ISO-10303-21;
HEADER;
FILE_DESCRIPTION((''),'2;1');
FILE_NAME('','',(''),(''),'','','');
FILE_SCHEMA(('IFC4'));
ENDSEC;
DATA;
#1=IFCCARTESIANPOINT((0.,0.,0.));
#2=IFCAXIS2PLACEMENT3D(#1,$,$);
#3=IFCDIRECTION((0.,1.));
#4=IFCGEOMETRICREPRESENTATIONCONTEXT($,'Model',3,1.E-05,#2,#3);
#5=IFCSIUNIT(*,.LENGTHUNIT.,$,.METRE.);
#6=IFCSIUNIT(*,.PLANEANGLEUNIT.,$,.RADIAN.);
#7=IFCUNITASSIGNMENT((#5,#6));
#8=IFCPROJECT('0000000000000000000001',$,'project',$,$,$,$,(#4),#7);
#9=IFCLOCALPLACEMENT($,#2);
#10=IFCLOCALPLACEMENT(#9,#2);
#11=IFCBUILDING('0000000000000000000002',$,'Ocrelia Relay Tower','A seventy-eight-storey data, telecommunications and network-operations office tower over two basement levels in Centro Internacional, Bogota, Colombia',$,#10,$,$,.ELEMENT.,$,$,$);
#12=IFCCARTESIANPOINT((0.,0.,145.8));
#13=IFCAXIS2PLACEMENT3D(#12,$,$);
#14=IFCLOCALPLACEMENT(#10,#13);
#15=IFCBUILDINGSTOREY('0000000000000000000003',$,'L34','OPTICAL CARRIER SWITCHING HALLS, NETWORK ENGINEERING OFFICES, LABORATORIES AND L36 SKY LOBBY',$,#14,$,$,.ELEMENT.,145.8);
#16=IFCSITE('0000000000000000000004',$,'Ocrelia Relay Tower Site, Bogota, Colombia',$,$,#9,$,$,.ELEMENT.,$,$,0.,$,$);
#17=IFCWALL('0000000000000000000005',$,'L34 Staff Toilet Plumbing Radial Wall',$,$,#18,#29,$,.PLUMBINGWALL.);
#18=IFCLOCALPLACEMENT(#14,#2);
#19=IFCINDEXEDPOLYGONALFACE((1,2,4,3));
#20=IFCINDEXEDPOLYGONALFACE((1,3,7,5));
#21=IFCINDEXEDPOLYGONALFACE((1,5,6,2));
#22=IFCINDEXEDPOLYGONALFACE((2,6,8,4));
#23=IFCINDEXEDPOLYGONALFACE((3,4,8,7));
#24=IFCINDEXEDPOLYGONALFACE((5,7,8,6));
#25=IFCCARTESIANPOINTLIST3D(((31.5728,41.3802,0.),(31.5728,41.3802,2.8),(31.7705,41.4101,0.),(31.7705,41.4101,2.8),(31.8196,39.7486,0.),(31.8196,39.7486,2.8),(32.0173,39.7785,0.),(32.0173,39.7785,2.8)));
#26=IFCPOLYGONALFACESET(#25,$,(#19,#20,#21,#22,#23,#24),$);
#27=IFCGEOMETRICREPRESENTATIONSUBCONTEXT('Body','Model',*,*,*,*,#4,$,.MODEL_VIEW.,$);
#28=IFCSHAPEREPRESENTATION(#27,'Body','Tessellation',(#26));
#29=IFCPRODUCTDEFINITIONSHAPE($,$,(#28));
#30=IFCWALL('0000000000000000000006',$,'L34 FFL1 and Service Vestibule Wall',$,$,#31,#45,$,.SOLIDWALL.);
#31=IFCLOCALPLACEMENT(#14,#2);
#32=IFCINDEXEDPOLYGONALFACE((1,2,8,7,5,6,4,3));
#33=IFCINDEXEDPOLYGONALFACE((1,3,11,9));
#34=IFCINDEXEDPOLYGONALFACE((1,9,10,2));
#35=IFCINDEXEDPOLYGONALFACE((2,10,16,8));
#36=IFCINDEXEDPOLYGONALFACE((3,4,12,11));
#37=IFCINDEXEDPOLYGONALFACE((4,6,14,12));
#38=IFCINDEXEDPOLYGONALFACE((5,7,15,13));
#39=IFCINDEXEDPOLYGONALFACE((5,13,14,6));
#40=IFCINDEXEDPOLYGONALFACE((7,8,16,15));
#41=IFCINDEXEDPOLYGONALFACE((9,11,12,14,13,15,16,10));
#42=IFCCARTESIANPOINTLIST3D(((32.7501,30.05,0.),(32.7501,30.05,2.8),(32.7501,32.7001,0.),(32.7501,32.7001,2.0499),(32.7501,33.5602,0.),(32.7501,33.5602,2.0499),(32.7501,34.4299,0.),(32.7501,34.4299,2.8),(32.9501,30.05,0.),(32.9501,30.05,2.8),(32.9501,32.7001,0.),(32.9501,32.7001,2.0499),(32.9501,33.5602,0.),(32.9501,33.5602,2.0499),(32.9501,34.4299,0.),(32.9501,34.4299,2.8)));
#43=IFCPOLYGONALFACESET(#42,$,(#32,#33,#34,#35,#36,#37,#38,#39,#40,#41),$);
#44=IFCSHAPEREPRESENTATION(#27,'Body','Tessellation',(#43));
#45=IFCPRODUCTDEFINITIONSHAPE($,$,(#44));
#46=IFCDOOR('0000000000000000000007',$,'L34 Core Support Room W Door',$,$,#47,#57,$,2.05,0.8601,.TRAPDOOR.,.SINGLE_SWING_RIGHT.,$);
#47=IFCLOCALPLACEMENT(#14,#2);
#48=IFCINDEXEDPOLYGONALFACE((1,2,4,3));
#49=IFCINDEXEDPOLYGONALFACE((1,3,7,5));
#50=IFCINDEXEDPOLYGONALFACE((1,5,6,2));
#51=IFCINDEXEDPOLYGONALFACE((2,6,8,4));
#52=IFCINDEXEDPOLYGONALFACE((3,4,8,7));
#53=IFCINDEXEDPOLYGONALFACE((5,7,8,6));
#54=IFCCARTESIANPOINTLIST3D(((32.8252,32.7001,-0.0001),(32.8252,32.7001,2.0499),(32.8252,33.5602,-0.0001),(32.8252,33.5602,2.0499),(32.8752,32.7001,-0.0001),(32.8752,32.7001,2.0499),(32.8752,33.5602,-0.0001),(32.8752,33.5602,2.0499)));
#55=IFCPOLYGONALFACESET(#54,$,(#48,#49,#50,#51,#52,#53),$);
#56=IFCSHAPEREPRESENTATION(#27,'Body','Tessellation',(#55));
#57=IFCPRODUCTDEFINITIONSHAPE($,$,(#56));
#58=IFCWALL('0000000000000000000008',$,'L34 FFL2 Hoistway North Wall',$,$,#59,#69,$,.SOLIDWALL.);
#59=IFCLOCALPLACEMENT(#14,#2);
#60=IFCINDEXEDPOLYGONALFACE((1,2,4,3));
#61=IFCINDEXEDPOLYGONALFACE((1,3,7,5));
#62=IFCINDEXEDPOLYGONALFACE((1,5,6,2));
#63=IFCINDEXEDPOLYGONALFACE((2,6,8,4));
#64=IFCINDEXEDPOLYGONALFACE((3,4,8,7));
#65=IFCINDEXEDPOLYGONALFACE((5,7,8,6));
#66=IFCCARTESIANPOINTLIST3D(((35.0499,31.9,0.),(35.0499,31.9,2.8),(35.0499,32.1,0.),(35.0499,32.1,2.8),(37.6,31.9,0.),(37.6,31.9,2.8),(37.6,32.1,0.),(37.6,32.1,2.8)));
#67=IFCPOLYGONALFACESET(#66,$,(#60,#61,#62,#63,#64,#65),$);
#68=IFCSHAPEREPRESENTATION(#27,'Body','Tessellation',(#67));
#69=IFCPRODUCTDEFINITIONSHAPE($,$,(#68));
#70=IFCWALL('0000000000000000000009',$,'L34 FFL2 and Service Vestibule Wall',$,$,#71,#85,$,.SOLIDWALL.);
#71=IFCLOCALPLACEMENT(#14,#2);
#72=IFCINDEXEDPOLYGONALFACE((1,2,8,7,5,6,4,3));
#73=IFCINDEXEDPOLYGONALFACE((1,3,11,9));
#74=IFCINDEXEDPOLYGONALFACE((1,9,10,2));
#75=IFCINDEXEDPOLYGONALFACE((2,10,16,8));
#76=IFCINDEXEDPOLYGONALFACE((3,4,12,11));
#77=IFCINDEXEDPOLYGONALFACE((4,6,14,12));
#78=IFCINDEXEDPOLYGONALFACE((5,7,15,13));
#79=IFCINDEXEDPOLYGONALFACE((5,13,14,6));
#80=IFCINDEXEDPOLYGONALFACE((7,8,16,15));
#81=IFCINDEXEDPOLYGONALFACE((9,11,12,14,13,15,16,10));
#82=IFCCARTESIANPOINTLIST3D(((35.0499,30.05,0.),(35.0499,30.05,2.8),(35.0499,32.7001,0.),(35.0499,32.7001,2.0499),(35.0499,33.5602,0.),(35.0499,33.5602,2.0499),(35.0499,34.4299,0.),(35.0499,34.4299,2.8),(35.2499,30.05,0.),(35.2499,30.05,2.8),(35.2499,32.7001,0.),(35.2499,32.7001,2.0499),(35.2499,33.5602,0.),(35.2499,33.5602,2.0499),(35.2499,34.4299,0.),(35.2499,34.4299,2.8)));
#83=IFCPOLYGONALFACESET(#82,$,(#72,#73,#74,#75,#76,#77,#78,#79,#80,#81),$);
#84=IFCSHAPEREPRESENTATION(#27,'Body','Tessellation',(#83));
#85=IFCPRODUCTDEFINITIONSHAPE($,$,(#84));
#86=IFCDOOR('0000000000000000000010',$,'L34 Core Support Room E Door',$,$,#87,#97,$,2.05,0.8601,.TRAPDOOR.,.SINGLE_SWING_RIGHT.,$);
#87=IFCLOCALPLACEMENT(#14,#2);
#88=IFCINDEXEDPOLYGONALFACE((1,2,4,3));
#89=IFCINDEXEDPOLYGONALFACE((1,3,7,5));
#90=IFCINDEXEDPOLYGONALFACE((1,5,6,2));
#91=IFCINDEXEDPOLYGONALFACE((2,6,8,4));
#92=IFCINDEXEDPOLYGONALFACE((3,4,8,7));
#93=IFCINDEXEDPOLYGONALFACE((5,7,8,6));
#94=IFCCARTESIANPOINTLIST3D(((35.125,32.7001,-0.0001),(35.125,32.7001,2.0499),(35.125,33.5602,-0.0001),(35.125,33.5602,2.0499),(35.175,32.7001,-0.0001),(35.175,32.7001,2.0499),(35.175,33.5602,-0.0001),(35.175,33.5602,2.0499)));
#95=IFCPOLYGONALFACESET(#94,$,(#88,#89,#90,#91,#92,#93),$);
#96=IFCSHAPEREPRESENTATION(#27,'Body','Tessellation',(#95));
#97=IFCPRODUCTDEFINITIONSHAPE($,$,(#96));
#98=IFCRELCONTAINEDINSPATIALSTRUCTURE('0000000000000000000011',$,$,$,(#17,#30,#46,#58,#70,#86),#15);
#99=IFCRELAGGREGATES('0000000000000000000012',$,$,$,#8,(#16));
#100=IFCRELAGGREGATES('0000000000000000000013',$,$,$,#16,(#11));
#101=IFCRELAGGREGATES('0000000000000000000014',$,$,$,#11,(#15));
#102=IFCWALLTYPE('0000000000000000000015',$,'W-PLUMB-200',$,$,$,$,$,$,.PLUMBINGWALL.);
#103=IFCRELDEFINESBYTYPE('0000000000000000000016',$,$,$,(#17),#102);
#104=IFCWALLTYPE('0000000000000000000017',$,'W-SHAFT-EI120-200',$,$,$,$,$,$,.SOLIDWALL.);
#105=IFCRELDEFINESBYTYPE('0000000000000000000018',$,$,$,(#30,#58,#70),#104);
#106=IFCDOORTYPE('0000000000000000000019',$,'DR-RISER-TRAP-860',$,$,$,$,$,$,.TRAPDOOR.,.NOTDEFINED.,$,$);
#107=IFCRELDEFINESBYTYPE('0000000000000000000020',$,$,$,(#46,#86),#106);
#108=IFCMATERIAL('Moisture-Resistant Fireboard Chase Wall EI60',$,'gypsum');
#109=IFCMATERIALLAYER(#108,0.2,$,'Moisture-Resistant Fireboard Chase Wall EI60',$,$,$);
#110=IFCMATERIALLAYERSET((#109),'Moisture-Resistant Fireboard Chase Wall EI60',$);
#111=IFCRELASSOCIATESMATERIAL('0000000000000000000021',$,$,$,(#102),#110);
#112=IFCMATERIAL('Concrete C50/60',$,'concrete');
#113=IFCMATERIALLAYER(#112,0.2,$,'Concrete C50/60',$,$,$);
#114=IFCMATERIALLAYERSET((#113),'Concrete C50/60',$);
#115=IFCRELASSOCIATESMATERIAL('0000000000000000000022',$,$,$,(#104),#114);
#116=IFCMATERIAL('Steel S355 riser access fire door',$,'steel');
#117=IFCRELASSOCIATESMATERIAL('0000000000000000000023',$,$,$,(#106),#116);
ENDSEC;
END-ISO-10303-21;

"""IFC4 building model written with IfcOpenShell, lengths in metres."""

from ifc_helpers import new_model, si_unit, direction, frame, frame_2d, origin, place, context, subcontext, project, spatial, rectangle, extrude, material, layer, layer_set, type_object, element, fill, save


model = new_model("IFC4")

# Units and contexts
model_context = context("Model", 3, precision=1e-05, world=origin(), true_north=direction((0.0, 1.0)))
body_context = subcontext(model_context, "Body", "Model", "MODEL_VIEW")
ifc_project = project(units=[si_unit("LENGTHUNIT", "METRE"), si_unit("PLANEANGLEUNIT", "RADIAN")], contexts=[model_context])

# Site, building, storey
site_placement = place(None, origin())
site = spatial("IfcSite", under=ifc_project, at=site_placement, Name="Ocrelia Relay Tower Site, Bogota, Colombia", CompositionType="ELEMENT", RefElevation=0.0)
building_placement = place(site_placement, origin())
building = spatial("IfcBuilding", under=site, at=building_placement, Name="Ocrelia Relay Tower", Description="A seventy-eight-storey data, telecommunications and network-operations office tower over two basement levels in Centro Internacional, Bogota, Colombia", CompositionType="ELEMENT")
storey_placement = place(building_placement, frame((0.0, 0.0, 145.8)))
storey = spatial("IfcBuildingStorey", under=building, at=storey_placement, Name="L34", Description="OPTICAL CARRIER SWITCHING HALLS, NETWORK ENGINEERING OFFICES, LABORATORIES AND L36 SKY LOBBY", CompositionType="ELEMENT", Elevation=145.8)

# Shared definitions
ifc_material_1 = material(Name="Concrete C50/60", Category="concrete")

# Wall
ifc_material_2 = material(Name="Moisture-Resistant Fireboard Chase Wall EI60", Category="gypsum")
ifc_layer_1 = layer(ifc_material_2, 0.2, Name="Moisture-Resistant Fireboard Chase Wall EI60")
ifc_layer_set_1 = layer_set([ifc_layer_1], Name="Moisture-Resistant Fireboard Chase Wall EI60")
wall_type_1 = type_object("IfcWallType", Name="W-PLUMB-200", PredefinedType="PLUMBINGWALL", material=ifc_layer_set_1)
wall_1_placement = place(storey_placement, frame((31.9185, 39.7634, 0.0), z_axis=(0.0, 0.0, 1.0), x_axis=(-0.149577, 0.98875, 0.0)))
element("IfcWall", 1, at=wall_1_placement, inside=storey, type_object=wall_type_1, Name="L34 Staff Toilet Plumbing Radial Wall", PredefinedType="PLUMBINGWALL", context=body_context, shape_type="SweptSolid", body=[
    extrude(rectangle(XDim=1.6501, YDim=0.2, at=frame_2d((0.8252, 0.0))), origin(), (0.0, 0.0, 1.0), 2.8),
])

# Wall, opening, door
ifc_layer_2 = layer(ifc_material_1, 0.2, Name="Concrete C50/60")
ifc_layer_set_2 = layer_set([ifc_layer_2], Name="Concrete C50/60")
wall_type_2 = type_object("IfcWallType", Name="W-SHAFT-EI120-200", PredefinedType="SOLIDWALL", material=ifc_layer_set_2)
wall_2_placement = place(storey_placement, frame((32.8501, 30.05, 0.0), z_axis=(0.0, 0.0, 1.0), x_axis=(0.0, 1.0, 0.0)))
wall_2 = element("IfcWall", 2, at=wall_2_placement, inside=storey, type_object=wall_type_2, Name="L34 FFL1 and Service Vestibule Wall", PredefinedType="SOLIDWALL", context=body_context, shape_type="SweptSolid", body=[
    extrude(rectangle(XDim=4.3799, YDim=0.2, at=frame_2d((2.1899, 0.0))), origin(), (0.0, 0.0, 1.0), 2.8),
])
opening_1_placement = place(wall_2_placement, frame((2.6499, 0.0, 0.0)))
opening_1 = element("IfcOpeningElement", 3, at=opening_1_placement, cuts=wall_2, PredefinedType="OPENING", context=body_context, shape_type="SweptSolid", body=[
    extrude(rectangle(XDim=0.8601, YDim=2.05, at=frame_2d((0.4302, 1.0249))), frame((0.0, 0.1099, 0.0), z_axis=(0.0, -1.0, 0.0), x_axis=(1.0, 0.0, 0.0)), (0.0, 0.0, 1.0), 0.22),
])
ifc_material_3 = material(Name="Steel S355 riser access fire door", Category="steel")
door_type_1 = type_object("IfcDoorType", Name="DR-RISER-TRAP-860", OperationType="NOTDEFINED", PredefinedType="TRAPDOOR", material=ifc_material_3)
door_1_placement = place(opening_1_placement, origin())
door_1 = element("IfcDoor", 4, at=door_1_placement, inside=storey, type_object=door_type_1, Name="L34 Core Support Room W Door", OperationType="SINGLE_SWING_RIGHT", OverallHeight=2.05, OverallWidth=0.8601, PredefinedType="TRAPDOOR", context=body_context, shape_type="SweptSolid", body=[
    extrude(rectangle(XDim=0.8601, YDim=2.05, at=frame_2d((0.4302, 1.0249))), frame((0.0, 0.0249, 0.0), z_axis=(0.0, -1.0, 0.0), x_axis=(1.0, 0.0, 0.0)), (0.0, 0.0, 1.0), 0.05),
])
fill(opening_1, door_1)

# Wall
wall_3_placement = place(storey_placement, frame((35.05, 32.0, 0.0), z_axis=(0.0, 0.0, 1.0), x_axis=(1.0, 0.0, 0.0)))
element("IfcWall", 5, at=wall_3_placement, inside=storey, type_object=wall_type_2, Name="L34 FFL2 Hoistway North Wall", PredefinedType="SOLIDWALL", context=body_context, shape_type="SweptSolid", body=[
    extrude(rectangle(XDim=2.55, YDim=0.2, at=frame_2d((1.2749, 0.0))), origin(), (0.0, 0.0, 1.0), 2.8),
])

# Wall, opening, door
wall_4_placement = place(storey_placement, frame((35.1499, 30.05, 0.0), z_axis=(0.0, 0.0, 1.0), x_axis=(0.0, 1.0, 0.0)))
wall_4 = element("IfcWall", 6, at=wall_4_placement, inside=storey, type_object=wall_type_2, Name="L34 FFL2 and Service Vestibule Wall", PredefinedType="SOLIDWALL", context=body_context, shape_type="SweptSolid", body=[
    extrude(rectangle(XDim=4.3799, YDim=0.2, at=frame_2d((2.1899, 0.0))), origin(), (0.0, 0.0, 1.0), 2.8),
])
opening_2_placement = place(wall_4_placement, frame((2.6499, 0.0, 0.0)))
opening_2 = element("IfcOpeningElement", 7, at=opening_2_placement, cuts=wall_4, PredefinedType="OPENING", context=body_context, shape_type="SweptSolid", body=[
    extrude(rectangle(XDim=0.8601, YDim=2.05, at=frame_2d((0.4302, 1.0249))), frame((0.0, 0.1099, 0.0), z_axis=(0.0, -1.0, 0.0), x_axis=(1.0, 0.0, 0.0)), (0.0, 0.0, 1.0), 0.22),
])
door_2_placement = place(opening_2_placement, origin())
door_2 = element("IfcDoor", 8, at=door_2_placement, inside=storey, type_object=door_type_1, Name="L34 Core Support Room E Door", OperationType="SINGLE_SWING_RIGHT", OverallHeight=2.05, OverallWidth=0.8601, PredefinedType="TRAPDOOR", context=body_context, shape_type="SweptSolid", body=[
    extrude(rectangle(XDim=0.8601, YDim=2.05, at=frame_2d((0.4302, 1.0249))), frame((0.0, 0.0249, 0.0), z_axis=(0.0, -1.0, 0.0), x_axis=(1.0, 0.0, 0.0)), (0.0, 0.0, 1.0), 0.05),
])
fill(opening_2, door_2)

save(model, "model.ifc")
